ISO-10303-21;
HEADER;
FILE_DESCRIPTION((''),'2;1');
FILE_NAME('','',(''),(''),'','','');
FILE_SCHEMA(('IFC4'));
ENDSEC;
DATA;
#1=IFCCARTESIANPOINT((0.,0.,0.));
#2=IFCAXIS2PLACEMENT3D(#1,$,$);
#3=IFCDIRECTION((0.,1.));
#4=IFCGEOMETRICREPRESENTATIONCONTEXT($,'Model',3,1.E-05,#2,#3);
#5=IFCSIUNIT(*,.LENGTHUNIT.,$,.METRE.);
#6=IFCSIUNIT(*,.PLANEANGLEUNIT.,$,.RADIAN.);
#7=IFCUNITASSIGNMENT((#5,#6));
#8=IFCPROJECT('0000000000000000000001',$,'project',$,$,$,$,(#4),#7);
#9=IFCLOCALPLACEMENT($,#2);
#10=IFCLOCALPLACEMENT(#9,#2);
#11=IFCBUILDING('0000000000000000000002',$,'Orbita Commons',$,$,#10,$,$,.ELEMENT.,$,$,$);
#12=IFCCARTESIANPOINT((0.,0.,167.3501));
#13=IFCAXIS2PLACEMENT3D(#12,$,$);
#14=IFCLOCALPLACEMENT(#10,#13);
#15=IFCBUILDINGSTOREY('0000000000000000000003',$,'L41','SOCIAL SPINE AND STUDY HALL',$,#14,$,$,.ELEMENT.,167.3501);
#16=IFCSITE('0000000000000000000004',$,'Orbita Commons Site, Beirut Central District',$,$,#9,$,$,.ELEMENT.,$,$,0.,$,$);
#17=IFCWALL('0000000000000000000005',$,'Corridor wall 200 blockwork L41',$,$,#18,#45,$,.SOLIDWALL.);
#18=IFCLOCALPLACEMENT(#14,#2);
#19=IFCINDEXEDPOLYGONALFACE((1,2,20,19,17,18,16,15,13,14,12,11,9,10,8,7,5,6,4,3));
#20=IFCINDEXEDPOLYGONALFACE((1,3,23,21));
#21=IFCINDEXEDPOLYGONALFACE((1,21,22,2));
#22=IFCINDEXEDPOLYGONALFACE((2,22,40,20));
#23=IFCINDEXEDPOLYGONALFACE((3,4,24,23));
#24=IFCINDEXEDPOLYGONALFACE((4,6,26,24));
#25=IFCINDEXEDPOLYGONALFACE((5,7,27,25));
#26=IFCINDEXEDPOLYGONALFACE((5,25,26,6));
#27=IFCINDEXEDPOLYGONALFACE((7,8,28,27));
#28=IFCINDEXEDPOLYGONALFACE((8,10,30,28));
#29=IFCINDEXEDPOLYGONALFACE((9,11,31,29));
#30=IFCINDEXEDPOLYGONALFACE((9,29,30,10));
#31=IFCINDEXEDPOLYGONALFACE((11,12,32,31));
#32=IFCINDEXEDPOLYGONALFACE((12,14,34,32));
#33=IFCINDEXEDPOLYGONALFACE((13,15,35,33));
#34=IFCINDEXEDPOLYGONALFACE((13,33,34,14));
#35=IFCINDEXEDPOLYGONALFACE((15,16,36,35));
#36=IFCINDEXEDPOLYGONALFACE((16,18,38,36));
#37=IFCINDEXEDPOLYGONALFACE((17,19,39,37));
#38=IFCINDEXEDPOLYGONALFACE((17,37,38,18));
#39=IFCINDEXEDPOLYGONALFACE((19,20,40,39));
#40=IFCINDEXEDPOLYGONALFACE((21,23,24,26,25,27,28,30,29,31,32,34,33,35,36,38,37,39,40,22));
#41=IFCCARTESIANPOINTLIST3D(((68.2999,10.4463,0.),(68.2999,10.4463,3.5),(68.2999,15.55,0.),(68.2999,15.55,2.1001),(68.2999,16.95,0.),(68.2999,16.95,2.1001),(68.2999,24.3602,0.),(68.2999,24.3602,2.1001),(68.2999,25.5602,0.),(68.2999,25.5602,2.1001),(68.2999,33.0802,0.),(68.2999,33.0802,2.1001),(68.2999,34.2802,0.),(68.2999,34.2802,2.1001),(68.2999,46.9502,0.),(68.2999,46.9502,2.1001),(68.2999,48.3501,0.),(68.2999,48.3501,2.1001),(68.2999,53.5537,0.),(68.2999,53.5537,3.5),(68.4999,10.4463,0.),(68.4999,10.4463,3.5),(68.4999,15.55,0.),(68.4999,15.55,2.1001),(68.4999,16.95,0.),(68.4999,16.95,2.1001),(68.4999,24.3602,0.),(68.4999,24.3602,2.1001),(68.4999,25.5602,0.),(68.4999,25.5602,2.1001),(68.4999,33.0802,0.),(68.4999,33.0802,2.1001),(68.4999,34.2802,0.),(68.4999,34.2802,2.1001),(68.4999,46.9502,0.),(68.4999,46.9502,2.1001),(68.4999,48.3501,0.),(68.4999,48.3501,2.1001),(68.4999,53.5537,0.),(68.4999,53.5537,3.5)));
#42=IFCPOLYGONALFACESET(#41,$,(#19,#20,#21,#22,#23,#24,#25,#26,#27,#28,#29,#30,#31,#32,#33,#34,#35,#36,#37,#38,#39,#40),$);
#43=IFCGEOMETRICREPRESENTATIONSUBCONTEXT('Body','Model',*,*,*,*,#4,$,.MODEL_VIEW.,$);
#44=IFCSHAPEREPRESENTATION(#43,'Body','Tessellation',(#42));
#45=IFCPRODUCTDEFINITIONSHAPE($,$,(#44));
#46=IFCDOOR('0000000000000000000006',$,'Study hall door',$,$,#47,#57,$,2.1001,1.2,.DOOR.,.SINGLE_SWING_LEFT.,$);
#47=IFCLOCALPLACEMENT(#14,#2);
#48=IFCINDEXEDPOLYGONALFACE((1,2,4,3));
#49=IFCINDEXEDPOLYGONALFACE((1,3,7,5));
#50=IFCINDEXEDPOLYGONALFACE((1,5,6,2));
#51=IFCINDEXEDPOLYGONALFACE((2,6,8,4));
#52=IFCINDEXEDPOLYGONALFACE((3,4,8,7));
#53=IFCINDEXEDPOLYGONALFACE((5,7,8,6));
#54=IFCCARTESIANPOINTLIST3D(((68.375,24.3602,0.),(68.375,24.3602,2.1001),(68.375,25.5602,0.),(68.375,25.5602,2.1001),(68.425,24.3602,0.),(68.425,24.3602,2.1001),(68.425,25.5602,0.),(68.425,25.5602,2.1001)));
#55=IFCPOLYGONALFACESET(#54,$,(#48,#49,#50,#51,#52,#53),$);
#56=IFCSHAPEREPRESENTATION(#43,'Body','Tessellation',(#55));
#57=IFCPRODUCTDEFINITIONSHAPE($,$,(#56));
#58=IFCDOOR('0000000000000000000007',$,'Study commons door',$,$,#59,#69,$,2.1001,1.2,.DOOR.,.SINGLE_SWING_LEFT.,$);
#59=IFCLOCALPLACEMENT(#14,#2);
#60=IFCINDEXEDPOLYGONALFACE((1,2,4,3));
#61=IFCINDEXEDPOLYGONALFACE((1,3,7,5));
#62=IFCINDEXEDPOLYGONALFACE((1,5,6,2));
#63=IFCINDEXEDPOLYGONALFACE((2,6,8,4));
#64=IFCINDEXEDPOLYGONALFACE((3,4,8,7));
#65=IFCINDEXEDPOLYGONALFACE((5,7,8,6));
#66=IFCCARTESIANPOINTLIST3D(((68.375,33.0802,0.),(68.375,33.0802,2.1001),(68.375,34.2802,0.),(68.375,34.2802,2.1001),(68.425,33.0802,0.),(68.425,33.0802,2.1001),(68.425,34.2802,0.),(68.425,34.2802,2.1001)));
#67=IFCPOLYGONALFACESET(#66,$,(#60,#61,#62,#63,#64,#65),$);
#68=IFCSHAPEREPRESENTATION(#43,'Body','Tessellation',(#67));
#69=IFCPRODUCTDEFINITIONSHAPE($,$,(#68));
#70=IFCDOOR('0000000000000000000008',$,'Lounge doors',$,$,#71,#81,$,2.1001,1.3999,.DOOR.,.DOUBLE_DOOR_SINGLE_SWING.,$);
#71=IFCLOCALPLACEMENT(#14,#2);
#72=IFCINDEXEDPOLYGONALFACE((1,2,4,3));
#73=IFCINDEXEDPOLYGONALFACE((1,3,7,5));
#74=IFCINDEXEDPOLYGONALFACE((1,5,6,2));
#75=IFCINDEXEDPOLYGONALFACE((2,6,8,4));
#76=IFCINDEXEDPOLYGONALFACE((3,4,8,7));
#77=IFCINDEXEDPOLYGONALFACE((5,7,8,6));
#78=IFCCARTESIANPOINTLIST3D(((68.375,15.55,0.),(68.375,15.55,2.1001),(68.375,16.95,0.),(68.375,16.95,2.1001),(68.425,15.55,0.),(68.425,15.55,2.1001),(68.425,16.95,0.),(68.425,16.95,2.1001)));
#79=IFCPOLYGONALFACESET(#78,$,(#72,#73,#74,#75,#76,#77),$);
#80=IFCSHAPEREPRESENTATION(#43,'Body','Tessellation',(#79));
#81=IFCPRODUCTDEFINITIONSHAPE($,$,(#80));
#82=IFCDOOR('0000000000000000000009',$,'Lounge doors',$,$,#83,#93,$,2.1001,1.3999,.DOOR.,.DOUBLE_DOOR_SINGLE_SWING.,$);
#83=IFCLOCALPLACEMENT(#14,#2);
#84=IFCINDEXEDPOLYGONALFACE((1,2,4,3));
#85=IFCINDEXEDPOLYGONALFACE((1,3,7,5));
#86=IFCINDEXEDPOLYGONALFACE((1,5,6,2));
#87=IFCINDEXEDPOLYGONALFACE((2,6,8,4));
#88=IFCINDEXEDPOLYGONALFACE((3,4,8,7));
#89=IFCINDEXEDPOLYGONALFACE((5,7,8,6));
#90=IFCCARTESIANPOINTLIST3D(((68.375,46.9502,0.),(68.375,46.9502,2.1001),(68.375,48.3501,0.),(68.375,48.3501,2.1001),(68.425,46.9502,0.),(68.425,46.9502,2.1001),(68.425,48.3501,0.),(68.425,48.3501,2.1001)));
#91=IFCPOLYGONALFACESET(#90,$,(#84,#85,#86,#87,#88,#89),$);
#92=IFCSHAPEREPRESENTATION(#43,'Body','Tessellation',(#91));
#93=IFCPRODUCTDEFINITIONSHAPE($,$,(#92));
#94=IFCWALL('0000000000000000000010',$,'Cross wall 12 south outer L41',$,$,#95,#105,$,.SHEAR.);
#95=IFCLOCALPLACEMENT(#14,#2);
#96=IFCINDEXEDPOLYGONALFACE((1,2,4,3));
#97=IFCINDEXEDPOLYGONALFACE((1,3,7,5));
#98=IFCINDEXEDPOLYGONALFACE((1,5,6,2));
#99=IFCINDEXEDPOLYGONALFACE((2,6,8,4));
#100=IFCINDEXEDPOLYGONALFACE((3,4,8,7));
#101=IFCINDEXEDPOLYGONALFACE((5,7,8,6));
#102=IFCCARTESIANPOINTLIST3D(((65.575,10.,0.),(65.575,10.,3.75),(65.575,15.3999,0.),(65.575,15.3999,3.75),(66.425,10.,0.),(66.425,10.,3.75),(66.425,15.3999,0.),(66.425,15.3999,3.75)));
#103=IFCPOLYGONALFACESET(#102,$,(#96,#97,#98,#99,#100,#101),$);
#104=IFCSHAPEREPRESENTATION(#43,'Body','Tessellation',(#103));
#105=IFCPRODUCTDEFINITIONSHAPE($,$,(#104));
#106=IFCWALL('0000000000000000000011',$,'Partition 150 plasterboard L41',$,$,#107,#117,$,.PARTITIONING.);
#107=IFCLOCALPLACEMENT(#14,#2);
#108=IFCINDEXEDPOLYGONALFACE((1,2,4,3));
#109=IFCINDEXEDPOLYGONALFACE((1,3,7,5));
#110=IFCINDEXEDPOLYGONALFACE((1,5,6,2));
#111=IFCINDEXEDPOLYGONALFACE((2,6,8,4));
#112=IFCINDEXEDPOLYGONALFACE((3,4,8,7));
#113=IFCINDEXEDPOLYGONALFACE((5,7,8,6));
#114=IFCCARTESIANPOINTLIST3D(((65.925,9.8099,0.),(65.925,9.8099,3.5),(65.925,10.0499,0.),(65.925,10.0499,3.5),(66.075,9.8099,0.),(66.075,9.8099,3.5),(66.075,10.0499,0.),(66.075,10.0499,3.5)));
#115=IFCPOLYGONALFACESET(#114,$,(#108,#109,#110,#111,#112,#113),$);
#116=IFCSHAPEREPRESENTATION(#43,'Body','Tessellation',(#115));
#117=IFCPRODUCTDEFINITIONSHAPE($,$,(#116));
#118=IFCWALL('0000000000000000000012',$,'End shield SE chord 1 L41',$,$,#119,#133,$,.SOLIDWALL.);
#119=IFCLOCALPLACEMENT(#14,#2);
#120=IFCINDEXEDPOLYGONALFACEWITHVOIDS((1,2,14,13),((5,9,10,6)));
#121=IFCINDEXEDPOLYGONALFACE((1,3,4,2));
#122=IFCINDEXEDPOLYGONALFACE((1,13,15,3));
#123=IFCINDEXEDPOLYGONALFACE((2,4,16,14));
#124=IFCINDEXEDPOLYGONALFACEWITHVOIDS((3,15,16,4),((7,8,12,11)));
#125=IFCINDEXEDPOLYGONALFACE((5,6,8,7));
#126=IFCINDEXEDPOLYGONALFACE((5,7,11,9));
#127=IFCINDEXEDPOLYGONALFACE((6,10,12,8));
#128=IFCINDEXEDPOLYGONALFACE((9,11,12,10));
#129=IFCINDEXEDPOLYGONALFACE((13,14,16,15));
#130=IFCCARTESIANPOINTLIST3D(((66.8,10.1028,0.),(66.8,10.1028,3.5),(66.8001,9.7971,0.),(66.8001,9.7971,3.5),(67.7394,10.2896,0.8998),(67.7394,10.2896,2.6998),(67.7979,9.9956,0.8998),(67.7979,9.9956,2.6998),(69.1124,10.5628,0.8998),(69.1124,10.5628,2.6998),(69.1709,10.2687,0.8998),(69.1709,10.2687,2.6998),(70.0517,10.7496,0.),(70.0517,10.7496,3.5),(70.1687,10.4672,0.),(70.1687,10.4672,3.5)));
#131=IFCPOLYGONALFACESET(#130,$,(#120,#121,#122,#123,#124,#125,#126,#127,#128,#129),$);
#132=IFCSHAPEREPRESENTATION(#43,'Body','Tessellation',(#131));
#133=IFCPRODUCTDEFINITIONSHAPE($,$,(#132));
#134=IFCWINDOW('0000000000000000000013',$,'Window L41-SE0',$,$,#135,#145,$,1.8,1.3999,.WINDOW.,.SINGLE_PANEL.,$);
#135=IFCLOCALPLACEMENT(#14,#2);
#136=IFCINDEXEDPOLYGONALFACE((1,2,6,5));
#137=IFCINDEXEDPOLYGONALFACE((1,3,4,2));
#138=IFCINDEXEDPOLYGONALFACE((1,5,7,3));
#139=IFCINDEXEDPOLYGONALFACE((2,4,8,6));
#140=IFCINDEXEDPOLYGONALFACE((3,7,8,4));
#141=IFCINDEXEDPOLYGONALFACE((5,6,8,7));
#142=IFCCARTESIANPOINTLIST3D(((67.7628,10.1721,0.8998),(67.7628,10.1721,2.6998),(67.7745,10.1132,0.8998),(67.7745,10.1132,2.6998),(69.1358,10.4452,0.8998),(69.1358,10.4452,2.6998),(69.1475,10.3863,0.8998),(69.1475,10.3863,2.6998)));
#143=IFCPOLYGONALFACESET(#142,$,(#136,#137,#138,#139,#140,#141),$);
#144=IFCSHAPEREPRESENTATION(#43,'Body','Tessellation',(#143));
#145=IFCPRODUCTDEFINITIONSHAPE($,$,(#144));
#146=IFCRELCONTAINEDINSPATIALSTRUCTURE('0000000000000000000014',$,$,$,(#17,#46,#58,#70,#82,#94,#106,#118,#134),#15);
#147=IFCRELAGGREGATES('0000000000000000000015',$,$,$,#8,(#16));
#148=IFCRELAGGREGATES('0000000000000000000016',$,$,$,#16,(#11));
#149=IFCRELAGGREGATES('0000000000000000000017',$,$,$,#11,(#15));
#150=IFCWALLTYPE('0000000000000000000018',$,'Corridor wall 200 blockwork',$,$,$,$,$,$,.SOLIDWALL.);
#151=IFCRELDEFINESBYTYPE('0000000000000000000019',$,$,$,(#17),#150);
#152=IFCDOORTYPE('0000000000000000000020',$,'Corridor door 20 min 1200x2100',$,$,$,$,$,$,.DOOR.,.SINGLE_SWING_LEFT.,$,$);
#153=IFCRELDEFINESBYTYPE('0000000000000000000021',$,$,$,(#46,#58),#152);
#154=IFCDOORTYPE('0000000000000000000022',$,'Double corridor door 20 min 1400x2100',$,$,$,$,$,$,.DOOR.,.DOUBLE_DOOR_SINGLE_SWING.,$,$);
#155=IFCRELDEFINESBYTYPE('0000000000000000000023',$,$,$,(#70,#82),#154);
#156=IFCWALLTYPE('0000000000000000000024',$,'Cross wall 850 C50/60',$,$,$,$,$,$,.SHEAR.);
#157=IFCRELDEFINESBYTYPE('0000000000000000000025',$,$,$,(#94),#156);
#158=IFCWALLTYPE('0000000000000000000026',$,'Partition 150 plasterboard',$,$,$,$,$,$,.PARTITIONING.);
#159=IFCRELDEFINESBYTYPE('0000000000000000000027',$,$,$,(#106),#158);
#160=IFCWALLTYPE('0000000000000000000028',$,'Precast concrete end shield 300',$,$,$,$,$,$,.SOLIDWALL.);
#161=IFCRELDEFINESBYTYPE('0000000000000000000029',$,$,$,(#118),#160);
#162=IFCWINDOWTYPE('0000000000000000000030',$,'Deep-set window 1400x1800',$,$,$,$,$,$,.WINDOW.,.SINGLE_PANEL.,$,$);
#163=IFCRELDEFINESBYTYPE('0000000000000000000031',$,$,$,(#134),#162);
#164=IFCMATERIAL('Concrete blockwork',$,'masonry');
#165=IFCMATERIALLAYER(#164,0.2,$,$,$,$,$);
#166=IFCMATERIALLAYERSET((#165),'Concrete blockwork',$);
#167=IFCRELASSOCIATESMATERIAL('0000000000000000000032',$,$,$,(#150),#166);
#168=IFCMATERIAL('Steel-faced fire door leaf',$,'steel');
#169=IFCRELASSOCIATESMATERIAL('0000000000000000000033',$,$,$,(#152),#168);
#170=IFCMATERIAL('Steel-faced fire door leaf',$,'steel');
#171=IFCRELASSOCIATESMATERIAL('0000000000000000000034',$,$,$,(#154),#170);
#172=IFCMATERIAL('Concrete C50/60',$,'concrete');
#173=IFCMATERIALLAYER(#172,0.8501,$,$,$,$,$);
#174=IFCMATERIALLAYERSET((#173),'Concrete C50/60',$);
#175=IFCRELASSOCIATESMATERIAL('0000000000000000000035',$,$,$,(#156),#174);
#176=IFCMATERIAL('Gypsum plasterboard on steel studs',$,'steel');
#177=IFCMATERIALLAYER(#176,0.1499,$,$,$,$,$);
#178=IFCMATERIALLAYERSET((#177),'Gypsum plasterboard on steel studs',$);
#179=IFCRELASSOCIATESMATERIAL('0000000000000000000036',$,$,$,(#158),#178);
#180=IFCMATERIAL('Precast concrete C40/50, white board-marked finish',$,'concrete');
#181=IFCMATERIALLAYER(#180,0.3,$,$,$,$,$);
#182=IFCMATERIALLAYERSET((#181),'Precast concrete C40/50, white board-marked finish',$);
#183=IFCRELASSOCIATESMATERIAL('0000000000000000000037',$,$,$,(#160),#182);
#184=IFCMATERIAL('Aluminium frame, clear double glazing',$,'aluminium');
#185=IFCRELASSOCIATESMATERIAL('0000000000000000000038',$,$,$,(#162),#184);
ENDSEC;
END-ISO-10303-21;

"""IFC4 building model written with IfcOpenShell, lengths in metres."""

from ifc_helpers import new_model, si_unit, direction, frame, frame_2d, origin, place, context, subcontext, project, spatial, polyline, rectangle, outline, extrude, material, layer, layer_set, type_object, element, fill, save


model = new_model("IFC4")

# Units and contexts
model_context = context("Model", 3, precision=1e-05, world=origin(), true_north=direction((0.0, 1.0)))
body_context = subcontext(model_context, "Body", "Model", "MODEL_VIEW")
ifc_project = project(units=[si_unit("LENGTHUNIT", "METRE"), si_unit("PLANEANGLEUNIT", "RADIAN")], contexts=[model_context])

# Site, building, storey
site_placement = place(None, origin())
site = spatial("IfcSite", under=ifc_project, at=site_placement, Name="Orbita Commons Site, Beirut Central District", CompositionType="ELEMENT", RefElevation=0.0)
building_placement = place(site_placement, origin())
building = spatial("IfcBuilding", under=site, at=building_placement, Name="Orbita Commons", CompositionType="ELEMENT")
storey_placement = place(building_placement, frame((0.0, 0.0, 167.3501)))
storey = spatial("IfcBuildingStorey", under=building, at=storey_placement, Name="L41", Description="SOCIAL SPINE AND STUDY HALL", CompositionType="ELEMENT", Elevation=167.3501)

# Wall, openings, doors
ifc_material_1 = material(Name="Concrete blockwork", Category="masonry")
ifc_layer_1 = layer(ifc_material_1, 0.2)
ifc_layer_set_1 = layer_set([ifc_layer_1], Name="Concrete blockwork")
wall_type_1 = type_object("IfcWallType", Name="Corridor wall 200 blockwork", PredefinedType="SOLIDWALL", material=ifc_layer_set_1)
wall_1_placement = place(storey_placement, frame((68.3999, 10.4463, 0.0), z_axis=(0.0, 0.0, 1.0), x_axis=(0.0, 1.0, 0.0)))
wall_1 = element("IfcWall", 1, at=wall_1_placement, inside=storey, type_object=wall_type_1, Name="Corridor wall 200 blockwork L41", PredefinedType="SOLIDWALL", context=body_context, shape_type="SweptSolid", body=[
    extrude(rectangle(XDim=43.1074, YDim=0.2, at=frame_2d((21.5537, 0.0))), origin(), (0.0, 0.0, 1.0), 3.5),
])
opening_1_placement = place(wall_1_placement, frame((13.9138, 0.0, 0.0)))
opening_1 = element("IfcOpeningElement", 2, at=opening_1_placement, cuts=wall_1, PredefinedType="OPENING", context=body_context, shape_type="SweptSolid", body=[
    extrude(rectangle(XDim=1.2, YDim=2.1001, at=frame_2d((0.6001, 1.05))), frame((0.0, 0.1099, 0.0), z_axis=(0.0, -1.0, 0.0), x_axis=(1.0, 0.0, 0.0)), (0.0, 0.0, 1.0), 0.22),
])
opening_2_placement = place(wall_1_placement, frame((22.6338, 0.0, 0.0)))
opening_2 = element("IfcOpeningElement", 3, at=opening_2_placement, cuts=wall_1, PredefinedType="OPENING", context=body_context, shape_type="SweptSolid", body=[
    extrude(rectangle(XDim=1.2, YDim=2.1001, at=frame_2d((0.6001, 1.05))), frame((0.0, 0.1099, 0.0), z_axis=(0.0, -1.0, 0.0), x_axis=(1.0, 0.0, 0.0)), (0.0, 0.0, 1.0), 0.22),
])
opening_3_placement = place(wall_1_placement, frame((5.1038, 0.0, 0.0)))
opening_3 = element("IfcOpeningElement", 4, at=opening_3_placement, cuts=wall_1, PredefinedType="OPENING", context=body_context, shape_type="SweptSolid", body=[
    extrude(rectangle(XDim=1.3999, YDim=2.1001, at=frame_2d((0.7, 1.05))), frame((0.0, 0.1099, 0.0), z_axis=(0.0, -1.0, 0.0), x_axis=(1.0, 0.0, 0.0)), (0.0, 0.0, 1.0), 0.22),
])
opening_4_placement = place(wall_1_placement, frame((36.5039, 0.0, 0.0)))
opening_4 = element("IfcOpeningElement", 5, at=opening_4_placement, cuts=wall_1, PredefinedType="OPENING", context=body_context, shape_type="SweptSolid", body=[
    extrude(rectangle(XDim=1.3999, YDim=2.1001, at=frame_2d((0.7, 1.05))), frame((0.0, 0.1099, 0.0), z_axis=(0.0, -1.0, 0.0), x_axis=(1.0, 0.0, 0.0)), (0.0, 0.0, 1.0), 0.22),
])
ifc_material_2 = material(Name="Steel-faced fire door leaf", Category="steel")
door_type_1 = type_object("IfcDoorType", Name="Corridor door 20 min 1200x2100", OperationType="SINGLE_SWING_LEFT", PredefinedType="DOOR", material=ifc_material_2)
door_1_placement = place(opening_1_placement, origin())
door_1 = element("IfcDoor", 6, at=door_1_placement, inside=storey, type_object=door_type_1, Name="Study hall door", OperationType="SINGLE_SWING_LEFT", OverallHeight=2.1001, OverallWidth=1.2, PredefinedType="DOOR", context=body_context, shape_type="SweptSolid", body=[
    extrude(rectangle(XDim=1.2, YDim=2.1001, at=frame_2d((0.6001, 1.05))), frame((0.0, 0.0249, 0.0), z_axis=(0.0, -1.0, 0.0), x_axis=(1.0, 0.0, 0.0)), (0.0, 0.0, 1.0), 0.05),
])
fill(opening_1, door_1)
door_2_placement = place(opening_2_placement, origin())
door_2 = element("IfcDoor", 7, at=door_2_placement, inside=storey, type_object=door_type_1, Name="Study commons door", OperationType="SINGLE_SWING_LEFT", OverallHeight=2.1001, OverallWidth=1.2, PredefinedType="DOOR", context=body_context, shape_type="SweptSolid", body=[
    extrude(rectangle(XDim=1.2, YDim=2.1001, at=frame_2d((0.6001, 1.05))), frame((0.0, 0.0249, 0.0), z_axis=(0.0, -1.0, 0.0), x_axis=(1.0, 0.0, 0.0)), (0.0, 0.0, 1.0), 0.05),
])
fill(opening_2, door_2)
ifc_material_3 = material(Name="Steel-faced fire door leaf", Category="steel")
door_type_2 = type_object("IfcDoorType", Name="Double corridor door 20 min 1400x2100", OperationType="DOUBLE_DOOR_SINGLE_SWING", PredefinedType="DOOR", material=ifc_material_3)
door_3_placement = place(opening_3_placement, origin())
door_3 = element("IfcDoor", 8, at=door_3_placement, inside=storey, type_object=door_type_2, Name="Lounge doors", OperationType="DOUBLE_DOOR_SINGLE_SWING", OverallHeight=2.1001, OverallWidth=1.3999, PredefinedType="DOOR", context=body_context, shape_type="SweptSolid", body=[
    extrude(rectangle(XDim=1.3999, YDim=2.1001, at=frame_2d((0.7, 1.05))), frame((0.0, 0.0249, 0.0), z_axis=(0.0, -1.0, 0.0), x_axis=(1.0, 0.0, 0.0)), (0.0, 0.0, 1.0), 0.05),
])
fill(opening_3, door_3)
door_4_placement = place(opening_4_placement, origin())
door_4 = element("IfcDoor", 9, at=door_4_placement, inside=storey, type_object=door_type_2, Name="Lounge doors", OperationType="DOUBLE_DOOR_SINGLE_SWING", OverallHeight=2.1001, OverallWidth=1.3999, PredefinedType="DOOR", context=body_context, shape_type="SweptSolid", body=[
    extrude(rectangle(XDim=1.3999, YDim=2.1001, at=frame_2d((0.7, 1.05))), frame((0.0, 0.0249, 0.0), z_axis=(0.0, -1.0, 0.0), x_axis=(1.0, 0.0, 0.0)), (0.0, 0.0, 1.0), 0.05),
])
fill(opening_4, door_4)

# Walls
ifc_material_4 = material(Name="Concrete C50/60", Category="concrete")
ifc_layer_2 = layer(ifc_material_4, 0.8501)
ifc_layer_set_2 = layer_set([ifc_layer_2], Name="Concrete C50/60")
wall_type_2 = type_object("IfcWallType", Name="Cross wall 850 C50/60", PredefinedType="SHEAR", material=ifc_layer_set_2)
wall_2_placement = place(storey_placement, frame((66.0, 10.0, 0.0), z_axis=(0.0, 0.0, 1.0), x_axis=(0.0, 1.0, 0.0)))
element("IfcWall", 10, at=wall_2_placement, inside=storey, type_object=wall_type_2, Name="Cross wall 12 south outer L41", PredefinedType="SHEAR", context=body_context, shape_type="SweptSolid", body=[
    extrude(rectangle(XDim=5.3999, YDim=0.8501, at=frame_2d((2.7, 0.0))), origin(), (0.0, 0.0, 1.0), 3.75),
])
ifc_material_5 = material(Name="Gypsum plasterboard on steel studs", Category="steel")
ifc_layer_3 = layer(ifc_material_5, 0.1499)
ifc_layer_set_3 = layer_set([ifc_layer_3], Name="Gypsum plasterboard on steel studs")
wall_type_3 = type_object("IfcWallType", Name="Partition 150 plasterboard", PredefinedType="PARTITIONING", material=ifc_layer_set_3)
wall_3_placement = place(storey_placement, frame((66.0, 10.05, 0.0), z_axis=(0.0, 0.0, 1.0), x_axis=(0.0, -1.0, 0.0)))
element("IfcWall", 11, at=wall_3_placement, inside=storey, type_object=wall_type_3, Name="Partition 150 plasterboard L41", PredefinedType="PARTITIONING", context=body_context, shape_type="SweptSolid", body=[
    extrude(rectangle(XDim=0.24, YDim=0.1499, at=frame_2d((0.1201, 0.0))), origin(), (0.0, 0.0, 1.0), 3.5),
])

# Wall, opening, window
ifc_material_6 = material(Name="Precast concrete C40/50, white board-marked finish", Category="concrete")
ifc_layer_4 = layer(ifc_material_6, 0.3)
ifc_layer_set_4 = layer_set([ifc_layer_4], Name="Precast concrete C40/50, white board-marked finish")
wall_type_4 = type_object("IfcWallType", Name="Precast concrete end shield 300", PredefinedType="SOLIDWALL", material=ifc_layer_set_4)
wall_4_placement = place(storey_placement, frame((66.8, 9.95, 0.0), z_axis=(0.0, 0.0, 1.0), x_axis=(0.980783, 0.1951, 0.0)))
wall_4 = element("IfcWall", 12, at=wall_4_placement, inside=storey, type_object=wall_type_4, Name="End shield SE chord 1 L41", PredefinedType="SOLIDWALL", context=body_context, shape_type="SweptSolid", body=[
    extrude(outline(polyline([(-0.0298, -0.1499), (3.4048, -0.1499), (3.3452, 0.1499), (0.0298, 0.1499), (-0.0298, -0.1499)])), origin(), (0.0, 0.0, 1.0), 3.5),
])
opening_5_placement = place(wall_4_placement, frame((0.9875, 0.0, 0.8999)))
opening_5 = element("IfcOpeningElement", 13, at=opening_5_placement, cuts=wall_4, PredefinedType="OPENING", context=body_context, shape_type="SweptSolid", body=[
    extrude(rectangle(XDim=1.3999, YDim=1.8, at=frame_2d((0.7, 0.8999))), frame((0.0, 0.1599, 0.0), z_axis=(0.0, -1.0, 0.0), x_axis=(1.0, 0.0, 0.0)), (0.0, 0.0, 1.0), 0.3201),
])
ifc_material_7 = material(Name="Aluminium frame, clear double glazing", Category="aluminium")
window_type = type_object("IfcWindowType", Name="Deep-set window 1400x1800", PartitioningType="SINGLE_PANEL", PredefinedType="WINDOW", material=ifc_material_7)
window_1_placement = place(opening_5_placement, origin())
window_1 = element("IfcWindow", 14, at=window_1_placement, inside=storey, type_object=window_type, Name="Window L41-SE0", OverallHeight=1.8, OverallWidth=1.3999, PartitioningType="SINGLE_PANEL", PredefinedType="WINDOW", context=body_context, shape_type="SweptSolid", body=[
    extrude(rectangle(XDim=1.3999, YDim=1.8, at=frame_2d((0.7, 0.8999))), frame((0.0, 0.03, 0.0), z_axis=(0.0, -1.0, 0.0), x_axis=(1.0, 0.0, 0.0)), (0.0, 0.0, 1.0), 0.0601),
])
fill(opening_5, window_1)

save(model, "model.ifc")
